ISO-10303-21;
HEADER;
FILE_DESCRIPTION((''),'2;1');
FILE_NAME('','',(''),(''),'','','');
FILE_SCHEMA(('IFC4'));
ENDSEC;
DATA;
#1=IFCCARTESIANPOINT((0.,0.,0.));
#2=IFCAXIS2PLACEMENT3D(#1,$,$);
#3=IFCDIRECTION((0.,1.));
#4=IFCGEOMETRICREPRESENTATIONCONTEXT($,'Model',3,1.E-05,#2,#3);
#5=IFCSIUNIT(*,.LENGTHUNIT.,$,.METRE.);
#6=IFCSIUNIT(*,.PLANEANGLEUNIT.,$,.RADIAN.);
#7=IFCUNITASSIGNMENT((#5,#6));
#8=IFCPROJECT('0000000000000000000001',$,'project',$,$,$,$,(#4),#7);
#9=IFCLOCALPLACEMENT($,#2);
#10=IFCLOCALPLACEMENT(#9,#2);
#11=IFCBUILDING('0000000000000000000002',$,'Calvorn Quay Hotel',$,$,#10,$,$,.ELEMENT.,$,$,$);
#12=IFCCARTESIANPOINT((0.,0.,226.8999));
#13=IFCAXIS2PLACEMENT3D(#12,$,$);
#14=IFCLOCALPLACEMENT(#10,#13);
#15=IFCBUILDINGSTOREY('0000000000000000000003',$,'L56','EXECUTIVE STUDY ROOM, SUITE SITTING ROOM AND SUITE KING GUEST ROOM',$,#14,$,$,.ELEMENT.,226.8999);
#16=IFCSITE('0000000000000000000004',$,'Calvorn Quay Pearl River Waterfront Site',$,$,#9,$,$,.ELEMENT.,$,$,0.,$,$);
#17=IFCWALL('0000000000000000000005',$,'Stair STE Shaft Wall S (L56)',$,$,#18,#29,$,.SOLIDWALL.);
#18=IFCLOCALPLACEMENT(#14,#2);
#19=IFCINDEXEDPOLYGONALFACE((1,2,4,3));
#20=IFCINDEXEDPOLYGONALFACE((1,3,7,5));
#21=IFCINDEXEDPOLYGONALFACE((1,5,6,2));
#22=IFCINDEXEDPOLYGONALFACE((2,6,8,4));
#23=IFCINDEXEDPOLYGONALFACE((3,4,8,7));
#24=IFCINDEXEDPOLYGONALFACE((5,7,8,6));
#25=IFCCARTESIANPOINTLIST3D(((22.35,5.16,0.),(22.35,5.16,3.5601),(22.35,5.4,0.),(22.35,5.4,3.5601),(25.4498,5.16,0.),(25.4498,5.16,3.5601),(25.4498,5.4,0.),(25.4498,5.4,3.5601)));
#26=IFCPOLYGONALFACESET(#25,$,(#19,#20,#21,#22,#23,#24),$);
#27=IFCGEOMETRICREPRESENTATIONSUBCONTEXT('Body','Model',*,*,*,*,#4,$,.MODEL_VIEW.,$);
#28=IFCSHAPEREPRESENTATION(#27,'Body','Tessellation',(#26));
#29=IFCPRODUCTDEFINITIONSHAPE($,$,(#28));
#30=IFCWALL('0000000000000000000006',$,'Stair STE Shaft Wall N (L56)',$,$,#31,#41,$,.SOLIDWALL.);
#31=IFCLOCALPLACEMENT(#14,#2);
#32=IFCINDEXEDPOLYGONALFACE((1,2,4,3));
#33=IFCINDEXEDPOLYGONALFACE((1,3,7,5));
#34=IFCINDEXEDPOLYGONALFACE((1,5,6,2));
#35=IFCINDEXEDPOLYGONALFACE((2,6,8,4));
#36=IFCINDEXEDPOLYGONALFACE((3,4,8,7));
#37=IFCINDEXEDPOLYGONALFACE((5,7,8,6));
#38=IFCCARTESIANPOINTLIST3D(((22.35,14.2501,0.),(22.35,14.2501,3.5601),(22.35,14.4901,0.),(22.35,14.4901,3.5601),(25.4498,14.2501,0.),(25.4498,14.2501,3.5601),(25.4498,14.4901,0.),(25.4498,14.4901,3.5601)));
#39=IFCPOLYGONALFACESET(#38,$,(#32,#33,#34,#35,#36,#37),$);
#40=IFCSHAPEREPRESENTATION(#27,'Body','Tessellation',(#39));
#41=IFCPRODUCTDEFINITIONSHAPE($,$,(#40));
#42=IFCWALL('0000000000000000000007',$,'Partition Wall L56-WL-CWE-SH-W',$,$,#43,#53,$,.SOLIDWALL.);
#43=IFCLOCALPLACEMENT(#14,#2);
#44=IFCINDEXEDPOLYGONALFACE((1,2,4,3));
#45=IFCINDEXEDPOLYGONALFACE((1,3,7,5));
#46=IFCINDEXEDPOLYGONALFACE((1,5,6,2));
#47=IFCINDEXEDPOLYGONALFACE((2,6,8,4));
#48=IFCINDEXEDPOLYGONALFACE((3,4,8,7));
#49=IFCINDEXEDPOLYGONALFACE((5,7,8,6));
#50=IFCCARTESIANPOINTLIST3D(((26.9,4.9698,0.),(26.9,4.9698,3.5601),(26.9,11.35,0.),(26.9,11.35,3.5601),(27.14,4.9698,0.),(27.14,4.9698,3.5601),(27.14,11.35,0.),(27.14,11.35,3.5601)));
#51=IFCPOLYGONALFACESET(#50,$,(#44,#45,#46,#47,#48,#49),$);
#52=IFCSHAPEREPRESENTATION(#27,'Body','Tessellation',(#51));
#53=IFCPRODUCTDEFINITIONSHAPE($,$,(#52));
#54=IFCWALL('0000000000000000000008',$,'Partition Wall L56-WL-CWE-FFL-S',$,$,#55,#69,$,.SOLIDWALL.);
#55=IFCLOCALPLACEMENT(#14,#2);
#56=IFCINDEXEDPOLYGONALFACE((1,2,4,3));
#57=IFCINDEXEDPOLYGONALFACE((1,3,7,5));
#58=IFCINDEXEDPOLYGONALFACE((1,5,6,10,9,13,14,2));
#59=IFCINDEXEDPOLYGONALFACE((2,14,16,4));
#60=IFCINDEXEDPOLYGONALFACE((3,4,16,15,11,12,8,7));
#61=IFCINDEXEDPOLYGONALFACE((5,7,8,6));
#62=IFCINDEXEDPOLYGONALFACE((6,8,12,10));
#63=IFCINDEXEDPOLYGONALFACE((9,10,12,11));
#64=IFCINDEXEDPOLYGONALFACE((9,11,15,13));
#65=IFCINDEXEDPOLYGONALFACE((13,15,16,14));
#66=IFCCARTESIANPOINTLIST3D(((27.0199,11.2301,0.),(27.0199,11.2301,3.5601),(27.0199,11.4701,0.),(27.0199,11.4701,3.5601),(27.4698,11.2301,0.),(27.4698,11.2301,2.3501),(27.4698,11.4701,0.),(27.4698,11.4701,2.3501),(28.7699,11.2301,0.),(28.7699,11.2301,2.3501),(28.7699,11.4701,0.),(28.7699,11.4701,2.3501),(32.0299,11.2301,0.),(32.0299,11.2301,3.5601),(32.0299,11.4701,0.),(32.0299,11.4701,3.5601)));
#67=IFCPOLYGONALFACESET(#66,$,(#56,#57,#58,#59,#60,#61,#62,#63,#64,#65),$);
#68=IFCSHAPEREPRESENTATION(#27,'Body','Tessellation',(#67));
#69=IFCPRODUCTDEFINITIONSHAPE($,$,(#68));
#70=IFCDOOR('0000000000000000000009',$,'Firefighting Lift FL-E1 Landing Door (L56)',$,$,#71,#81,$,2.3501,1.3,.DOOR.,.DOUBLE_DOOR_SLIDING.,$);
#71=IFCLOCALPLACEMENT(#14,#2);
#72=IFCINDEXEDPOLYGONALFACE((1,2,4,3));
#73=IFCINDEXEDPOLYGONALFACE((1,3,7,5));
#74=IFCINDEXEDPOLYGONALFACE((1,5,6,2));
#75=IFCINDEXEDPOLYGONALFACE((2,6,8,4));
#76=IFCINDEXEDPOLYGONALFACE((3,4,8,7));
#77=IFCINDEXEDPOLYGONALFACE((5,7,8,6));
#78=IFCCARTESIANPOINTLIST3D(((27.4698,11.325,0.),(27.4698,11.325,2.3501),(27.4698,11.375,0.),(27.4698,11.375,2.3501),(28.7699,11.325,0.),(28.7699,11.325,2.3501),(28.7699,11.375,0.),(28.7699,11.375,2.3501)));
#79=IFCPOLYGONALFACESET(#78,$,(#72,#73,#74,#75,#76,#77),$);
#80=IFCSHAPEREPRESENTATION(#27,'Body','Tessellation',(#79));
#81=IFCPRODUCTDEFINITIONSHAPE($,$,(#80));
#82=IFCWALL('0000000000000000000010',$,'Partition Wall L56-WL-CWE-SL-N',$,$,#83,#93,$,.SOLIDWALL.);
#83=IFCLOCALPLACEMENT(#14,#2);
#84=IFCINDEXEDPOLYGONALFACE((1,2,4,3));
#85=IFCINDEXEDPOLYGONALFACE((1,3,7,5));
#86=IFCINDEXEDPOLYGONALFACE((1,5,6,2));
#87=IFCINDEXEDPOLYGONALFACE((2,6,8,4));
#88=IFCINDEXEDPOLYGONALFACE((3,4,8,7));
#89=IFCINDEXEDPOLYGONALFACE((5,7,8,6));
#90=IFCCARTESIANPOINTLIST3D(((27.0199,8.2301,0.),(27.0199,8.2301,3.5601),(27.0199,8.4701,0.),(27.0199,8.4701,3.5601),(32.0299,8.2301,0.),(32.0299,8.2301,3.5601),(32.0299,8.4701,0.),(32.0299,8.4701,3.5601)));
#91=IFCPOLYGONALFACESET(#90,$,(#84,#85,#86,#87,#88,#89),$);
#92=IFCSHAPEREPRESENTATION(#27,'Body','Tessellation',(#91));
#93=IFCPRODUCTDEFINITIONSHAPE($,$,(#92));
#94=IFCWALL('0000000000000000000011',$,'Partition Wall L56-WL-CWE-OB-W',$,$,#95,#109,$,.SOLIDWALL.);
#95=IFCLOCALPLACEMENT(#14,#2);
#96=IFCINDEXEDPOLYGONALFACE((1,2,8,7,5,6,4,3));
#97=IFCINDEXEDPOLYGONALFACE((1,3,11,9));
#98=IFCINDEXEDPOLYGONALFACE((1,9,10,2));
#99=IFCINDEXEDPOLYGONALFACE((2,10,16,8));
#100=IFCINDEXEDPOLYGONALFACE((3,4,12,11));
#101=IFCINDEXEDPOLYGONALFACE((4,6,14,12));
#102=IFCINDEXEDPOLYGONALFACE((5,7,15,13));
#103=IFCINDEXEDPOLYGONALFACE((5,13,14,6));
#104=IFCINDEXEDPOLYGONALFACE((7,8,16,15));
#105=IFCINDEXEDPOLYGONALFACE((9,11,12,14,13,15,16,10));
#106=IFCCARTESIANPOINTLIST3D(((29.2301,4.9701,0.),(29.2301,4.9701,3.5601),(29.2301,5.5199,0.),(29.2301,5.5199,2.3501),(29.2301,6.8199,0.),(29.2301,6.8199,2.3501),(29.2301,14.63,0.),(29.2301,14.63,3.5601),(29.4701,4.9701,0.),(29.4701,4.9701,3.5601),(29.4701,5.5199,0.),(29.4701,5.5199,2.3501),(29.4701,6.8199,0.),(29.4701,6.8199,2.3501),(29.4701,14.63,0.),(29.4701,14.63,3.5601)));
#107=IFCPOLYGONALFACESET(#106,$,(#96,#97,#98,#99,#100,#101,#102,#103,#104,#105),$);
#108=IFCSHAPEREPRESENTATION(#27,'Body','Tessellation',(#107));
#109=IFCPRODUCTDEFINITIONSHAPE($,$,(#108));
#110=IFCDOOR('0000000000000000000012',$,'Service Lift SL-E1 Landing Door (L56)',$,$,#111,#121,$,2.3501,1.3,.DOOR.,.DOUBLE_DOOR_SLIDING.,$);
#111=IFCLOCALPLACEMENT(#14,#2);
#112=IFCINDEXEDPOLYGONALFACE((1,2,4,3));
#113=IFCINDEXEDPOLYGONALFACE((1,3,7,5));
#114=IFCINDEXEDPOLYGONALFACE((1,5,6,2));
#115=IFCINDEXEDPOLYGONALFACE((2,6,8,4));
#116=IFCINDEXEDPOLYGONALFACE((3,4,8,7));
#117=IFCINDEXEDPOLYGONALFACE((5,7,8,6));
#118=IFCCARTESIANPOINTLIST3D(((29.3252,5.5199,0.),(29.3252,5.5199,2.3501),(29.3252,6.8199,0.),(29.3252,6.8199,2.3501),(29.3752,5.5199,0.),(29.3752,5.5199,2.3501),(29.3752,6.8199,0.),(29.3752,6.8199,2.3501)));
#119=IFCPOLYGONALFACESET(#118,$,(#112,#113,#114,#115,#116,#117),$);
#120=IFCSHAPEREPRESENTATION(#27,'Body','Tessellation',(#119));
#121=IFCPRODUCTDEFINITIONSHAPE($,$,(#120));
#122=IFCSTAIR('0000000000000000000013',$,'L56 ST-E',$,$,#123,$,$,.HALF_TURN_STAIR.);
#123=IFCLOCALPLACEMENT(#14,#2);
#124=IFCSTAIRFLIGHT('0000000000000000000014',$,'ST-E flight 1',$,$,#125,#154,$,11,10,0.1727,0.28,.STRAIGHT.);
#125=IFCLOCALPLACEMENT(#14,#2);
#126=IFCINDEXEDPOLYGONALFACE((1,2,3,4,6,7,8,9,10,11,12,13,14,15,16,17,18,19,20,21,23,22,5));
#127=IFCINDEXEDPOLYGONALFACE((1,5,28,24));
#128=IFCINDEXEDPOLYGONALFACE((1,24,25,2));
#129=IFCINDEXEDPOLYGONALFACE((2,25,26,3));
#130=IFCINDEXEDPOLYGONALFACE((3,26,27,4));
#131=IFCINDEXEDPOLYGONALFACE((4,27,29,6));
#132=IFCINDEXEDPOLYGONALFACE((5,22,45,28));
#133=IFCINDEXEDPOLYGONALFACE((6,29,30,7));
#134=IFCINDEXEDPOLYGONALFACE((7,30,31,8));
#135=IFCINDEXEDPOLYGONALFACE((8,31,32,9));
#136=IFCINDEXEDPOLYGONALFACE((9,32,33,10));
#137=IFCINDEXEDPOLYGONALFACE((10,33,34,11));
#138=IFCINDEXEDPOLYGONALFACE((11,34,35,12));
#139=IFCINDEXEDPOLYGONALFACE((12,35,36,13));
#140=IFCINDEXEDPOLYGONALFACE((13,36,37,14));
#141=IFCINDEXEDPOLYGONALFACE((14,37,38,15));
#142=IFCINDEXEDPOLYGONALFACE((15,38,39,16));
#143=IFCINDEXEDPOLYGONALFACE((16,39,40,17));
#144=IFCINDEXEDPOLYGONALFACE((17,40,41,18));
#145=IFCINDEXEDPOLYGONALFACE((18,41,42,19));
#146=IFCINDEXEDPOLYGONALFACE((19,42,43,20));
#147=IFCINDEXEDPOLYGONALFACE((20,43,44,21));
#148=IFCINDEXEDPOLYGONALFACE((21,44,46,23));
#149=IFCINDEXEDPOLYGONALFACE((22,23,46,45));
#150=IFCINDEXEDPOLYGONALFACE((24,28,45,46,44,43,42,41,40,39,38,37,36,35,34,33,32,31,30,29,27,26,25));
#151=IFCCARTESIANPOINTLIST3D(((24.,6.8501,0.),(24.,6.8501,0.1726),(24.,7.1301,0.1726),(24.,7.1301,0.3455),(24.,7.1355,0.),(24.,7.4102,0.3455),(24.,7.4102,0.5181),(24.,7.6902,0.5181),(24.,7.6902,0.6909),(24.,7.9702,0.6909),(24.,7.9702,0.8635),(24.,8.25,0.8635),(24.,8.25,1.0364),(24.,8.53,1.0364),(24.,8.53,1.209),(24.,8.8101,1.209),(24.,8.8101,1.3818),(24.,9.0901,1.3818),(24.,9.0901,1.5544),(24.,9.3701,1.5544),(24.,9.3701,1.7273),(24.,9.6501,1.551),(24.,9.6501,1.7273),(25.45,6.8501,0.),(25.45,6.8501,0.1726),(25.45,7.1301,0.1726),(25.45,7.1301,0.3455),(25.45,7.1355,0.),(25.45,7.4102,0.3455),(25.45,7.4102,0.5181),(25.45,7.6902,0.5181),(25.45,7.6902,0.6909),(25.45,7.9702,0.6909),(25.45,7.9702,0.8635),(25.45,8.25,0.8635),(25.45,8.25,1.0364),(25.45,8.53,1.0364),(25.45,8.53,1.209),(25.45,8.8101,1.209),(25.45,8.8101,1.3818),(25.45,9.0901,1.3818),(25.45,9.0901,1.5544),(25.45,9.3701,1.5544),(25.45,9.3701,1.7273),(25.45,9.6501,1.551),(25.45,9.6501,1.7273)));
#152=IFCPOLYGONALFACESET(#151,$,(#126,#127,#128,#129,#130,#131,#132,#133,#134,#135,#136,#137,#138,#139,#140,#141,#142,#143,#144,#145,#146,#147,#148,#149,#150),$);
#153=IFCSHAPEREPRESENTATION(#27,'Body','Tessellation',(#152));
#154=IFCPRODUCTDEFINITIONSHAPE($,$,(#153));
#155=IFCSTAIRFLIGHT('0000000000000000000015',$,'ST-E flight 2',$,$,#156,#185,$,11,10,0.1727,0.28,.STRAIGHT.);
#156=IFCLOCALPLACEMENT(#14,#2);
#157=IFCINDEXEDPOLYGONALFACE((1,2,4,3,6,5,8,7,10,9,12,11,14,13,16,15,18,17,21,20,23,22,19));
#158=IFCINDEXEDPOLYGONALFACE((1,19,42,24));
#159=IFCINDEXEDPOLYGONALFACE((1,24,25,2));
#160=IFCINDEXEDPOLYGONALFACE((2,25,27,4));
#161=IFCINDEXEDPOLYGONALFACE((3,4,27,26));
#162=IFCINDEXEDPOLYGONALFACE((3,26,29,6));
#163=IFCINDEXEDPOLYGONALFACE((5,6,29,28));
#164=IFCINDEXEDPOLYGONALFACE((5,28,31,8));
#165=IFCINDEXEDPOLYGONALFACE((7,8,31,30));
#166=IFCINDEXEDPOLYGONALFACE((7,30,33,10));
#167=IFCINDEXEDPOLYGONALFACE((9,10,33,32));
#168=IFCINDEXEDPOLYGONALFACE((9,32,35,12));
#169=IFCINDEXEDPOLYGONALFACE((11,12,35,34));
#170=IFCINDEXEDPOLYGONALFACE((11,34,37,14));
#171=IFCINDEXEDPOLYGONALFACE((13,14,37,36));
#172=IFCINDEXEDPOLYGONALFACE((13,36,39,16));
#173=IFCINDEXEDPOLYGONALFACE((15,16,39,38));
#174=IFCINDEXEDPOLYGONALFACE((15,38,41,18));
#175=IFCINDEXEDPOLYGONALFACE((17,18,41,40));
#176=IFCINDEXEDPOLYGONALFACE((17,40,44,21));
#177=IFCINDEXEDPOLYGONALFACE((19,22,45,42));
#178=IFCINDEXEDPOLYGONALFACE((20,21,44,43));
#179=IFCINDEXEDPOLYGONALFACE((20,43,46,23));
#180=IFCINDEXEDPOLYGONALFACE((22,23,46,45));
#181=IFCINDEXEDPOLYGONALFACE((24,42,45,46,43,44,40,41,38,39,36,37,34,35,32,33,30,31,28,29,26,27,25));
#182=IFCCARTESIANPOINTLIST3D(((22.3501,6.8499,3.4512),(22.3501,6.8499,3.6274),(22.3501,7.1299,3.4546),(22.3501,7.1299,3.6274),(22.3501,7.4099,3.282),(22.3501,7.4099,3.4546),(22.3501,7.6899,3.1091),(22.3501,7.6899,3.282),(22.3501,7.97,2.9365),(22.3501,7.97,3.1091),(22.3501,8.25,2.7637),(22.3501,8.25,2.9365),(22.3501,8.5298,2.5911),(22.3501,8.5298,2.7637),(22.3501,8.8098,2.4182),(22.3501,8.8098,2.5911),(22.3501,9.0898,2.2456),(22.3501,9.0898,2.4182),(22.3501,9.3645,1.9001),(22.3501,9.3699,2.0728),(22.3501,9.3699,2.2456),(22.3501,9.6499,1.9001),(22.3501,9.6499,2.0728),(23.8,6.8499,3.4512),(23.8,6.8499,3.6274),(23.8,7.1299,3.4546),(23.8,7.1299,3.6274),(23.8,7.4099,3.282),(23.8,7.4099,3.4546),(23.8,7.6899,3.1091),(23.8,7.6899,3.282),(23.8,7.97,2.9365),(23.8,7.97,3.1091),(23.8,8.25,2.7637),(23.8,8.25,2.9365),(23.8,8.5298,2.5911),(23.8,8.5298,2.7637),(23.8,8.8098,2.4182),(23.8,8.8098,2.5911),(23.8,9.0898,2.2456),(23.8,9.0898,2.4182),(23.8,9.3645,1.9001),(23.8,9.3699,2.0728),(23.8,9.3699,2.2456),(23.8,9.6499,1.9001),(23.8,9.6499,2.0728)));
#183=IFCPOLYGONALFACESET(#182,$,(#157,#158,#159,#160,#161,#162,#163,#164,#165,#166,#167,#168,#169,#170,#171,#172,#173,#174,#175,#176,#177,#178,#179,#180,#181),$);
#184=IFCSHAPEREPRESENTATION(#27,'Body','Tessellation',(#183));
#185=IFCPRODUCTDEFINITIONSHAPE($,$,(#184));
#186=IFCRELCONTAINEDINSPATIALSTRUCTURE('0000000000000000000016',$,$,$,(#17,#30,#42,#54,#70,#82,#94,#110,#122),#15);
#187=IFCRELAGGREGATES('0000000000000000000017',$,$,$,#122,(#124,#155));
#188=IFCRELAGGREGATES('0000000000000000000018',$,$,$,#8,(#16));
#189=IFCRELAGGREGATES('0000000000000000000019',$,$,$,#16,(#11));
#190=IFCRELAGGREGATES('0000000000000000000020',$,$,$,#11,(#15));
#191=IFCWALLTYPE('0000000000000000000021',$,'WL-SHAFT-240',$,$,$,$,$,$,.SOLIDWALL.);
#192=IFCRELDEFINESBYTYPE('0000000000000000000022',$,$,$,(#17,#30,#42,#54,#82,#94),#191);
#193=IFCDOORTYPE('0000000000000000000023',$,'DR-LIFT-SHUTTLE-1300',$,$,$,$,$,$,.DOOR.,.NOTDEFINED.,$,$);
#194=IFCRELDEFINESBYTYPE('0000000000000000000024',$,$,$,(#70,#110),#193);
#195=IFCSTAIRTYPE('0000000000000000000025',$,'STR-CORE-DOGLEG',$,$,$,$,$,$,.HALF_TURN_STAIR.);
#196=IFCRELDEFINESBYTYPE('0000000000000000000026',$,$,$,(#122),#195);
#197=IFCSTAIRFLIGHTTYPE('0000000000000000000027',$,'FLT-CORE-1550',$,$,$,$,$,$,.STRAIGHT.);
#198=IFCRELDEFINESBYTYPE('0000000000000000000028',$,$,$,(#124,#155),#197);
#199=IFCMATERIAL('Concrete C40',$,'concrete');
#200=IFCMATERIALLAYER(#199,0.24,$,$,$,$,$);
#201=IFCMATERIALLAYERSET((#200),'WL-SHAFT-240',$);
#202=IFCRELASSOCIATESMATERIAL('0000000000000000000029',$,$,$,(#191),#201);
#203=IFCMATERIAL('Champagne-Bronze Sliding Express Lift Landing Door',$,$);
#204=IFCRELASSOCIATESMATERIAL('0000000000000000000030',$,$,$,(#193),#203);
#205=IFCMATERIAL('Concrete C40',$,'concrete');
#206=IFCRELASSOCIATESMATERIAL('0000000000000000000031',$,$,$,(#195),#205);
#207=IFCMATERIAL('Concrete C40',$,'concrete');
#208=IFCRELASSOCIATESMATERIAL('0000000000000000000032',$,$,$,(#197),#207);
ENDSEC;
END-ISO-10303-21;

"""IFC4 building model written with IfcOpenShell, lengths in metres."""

from ifc_helpers import new_model, si_unit, direction, frame, frame_2d, origin, place, context, subcontext, project, spatial, polyline, rectangle, outline, extrude, material, layer, layer_set, type_object, element, fill, aggregate, save


model = new_model("IFC4")

# Units and contexts
model_context = context("Model", 3, precision=1e-05, world=origin(), true_north=direction((0.0, 1.0)))
body_context = subcontext(model_context, "Body", "Model", "MODEL_VIEW")
ifc_project = project(units=[si_unit("LENGTHUNIT", "METRE"), si_unit("PLANEANGLEUNIT", "RADIAN")], contexts=[model_context])

# Site, building, storey
site_placement = place(None, origin())
site = spatial("IfcSite", under=ifc_project, at=site_placement, Name="Calvorn Quay Pearl River Waterfront Site", CompositionType="ELEMENT", RefElevation=0.0)
building_placement = place(site_placement, origin())
building = spatial("IfcBuilding", under=site, at=building_placement, Name="Calvorn Quay Hotel", CompositionType="ELEMENT")
storey_placement = place(building_placement, frame((0.0, 0.0, 226.8999)))
storey = spatial("IfcBuildingStorey", under=building, at=storey_placement, Name="L56", Description="EXECUTIVE STUDY ROOM, SUITE SITTING ROOM AND SUITE KING GUEST ROOM", CompositionType="ELEMENT", Elevation=226.8999)

# Shared definitions
ifc_material_1 = material(Name="Concrete C40", Category="concrete")
ifc_layer_1 = layer(ifc_material_1, 0.24)
ifc_layer_set_1 = layer_set([ifc_layer_1], Name="WL-SHAFT-240")
wall_type_1 = type_object("IfcWallType", Name="WL-SHAFT-240", PredefinedType="SOLIDWALL", material=ifc_layer_set_1)

# Walls
for number, where, z_axis, x_axis, name in (
    (1, (22.3501, 5.28, 0.0), (0.0, 0.0, 1.0), (1.0, 0.0, 0.0), "Stair STE Shaft Wall S (L56)"),
    (2, (22.3501, 14.3701, 0.0), (0.0, 0.0, 1.0), (1.0, 0.0, 0.0), "Stair STE Shaft Wall N (L56)"),
):
    element("IfcWall", number, at=place(storey_placement, frame(where, z_axis=z_axis, x_axis=x_axis)), inside=storey, type_object=wall_type_1, Name=name, PredefinedType="SOLIDWALL", context=body_context, shape_type="SweptSolid", body=[
        extrude(rectangle(XDim=3.0999, YDim=0.24, at=frame_2d((1.5498, 0.0))), origin(), (0.0, 0.0, 1.0), 3.5601),
    ])
wall_1_placement = place(storey_placement, frame((27.02, 4.97, 0.0), z_axis=(0.0, 0.0, 1.0), x_axis=(0.0, 1.0, 0.0)))
element("IfcWall", 3, at=wall_1_placement, inside=storey, type_object=wall_type_1, Name="Partition Wall L56-WL-CWE-SH-W", PredefinedType="SOLIDWALL", context=body_context, shape_type="SweptSolid", body=[
    extrude(rectangle(XDim=6.3801, YDim=0.24, at=frame_2d((3.1899, 0.0))), origin(), (0.0, 0.0, 1.0), 3.5601),
])

# Wall, opening, door
wall_2_placement = place(storey_placement, frame((27.02, 11.3501, 0.0), z_axis=(0.0, 0.0, 1.0), x_axis=(1.0, 0.0, 0.0)))
wall_2 = element("IfcWall", 4, at=wall_2_placement, inside=storey, type_object=wall_type_1, Name="Partition Wall L56-WL-CWE-FFL-S", PredefinedType="SOLIDWALL", context=body_context, shape_type="SweptSolid", body=[
    extrude(rectangle(XDim=5.01, YDim=0.24, at=frame_2d((2.5049, 0.0))), origin(), (0.0, 0.0, 1.0), 3.5601),
])
opening_1_placement = place(wall_2_placement, frame((0.45, 0.0, 0.0)))
opening_1 = element("IfcOpeningElement", 5, at=opening_1_placement, cuts=wall_2, PredefinedType="OPENING", context=body_context, shape_type="SweptSolid", body=[
    extrude(rectangle(XDim=1.3, YDim=2.3501, at=frame_2d((0.6499, 1.175))), frame((0.0, 0.1299, 0.0), z_axis=(0.0, -1.0, 0.0), x_axis=(1.0, 0.0, 0.0)), (0.0, 0.0, 1.0), 0.26),
])
ifc_material_2 = material(Name="Champagne-Bronze Sliding Express Lift Landing Door")
door_type_1 = type_object("IfcDoorType", Name="DR-LIFT-SHUTTLE-1300", OperationType="NOTDEFINED", PredefinedType="DOOR", material=ifc_material_2)
door_1_placement = place(opening_1_placement, origin())
door_1 = element("IfcDoor", 6, at=door_1_placement, inside=storey, type_object=door_type_1, Name="Firefighting Lift FL-E1 Landing Door (L56)", OperationType="DOUBLE_DOOR_SLIDING", OverallHeight=2.3501, OverallWidth=1.3, PredefinedType="DOOR", context=body_context, shape_type="SweptSolid", body=[
    extrude(rectangle(XDim=1.3, YDim=2.3501, at=frame_2d((0.6499, 1.175))), frame((0.0, 0.0249, 0.0), z_axis=(0.0, -1.0, 0.0), x_axis=(1.0, 0.0, 0.0)), (0.0, 0.0, 1.0), 0.05),
])
fill(opening_1, door_1)

# Wall
wall_3_placement = place(storey_placement, frame((27.02, 8.3501, 0.0), z_axis=(0.0, 0.0, 1.0), x_axis=(1.0, 0.0, 0.0)))
element("IfcWall", 7, at=wall_3_placement, inside=storey, type_object=wall_type_1, Name="Partition Wall L56-WL-CWE-SL-N", PredefinedType="SOLIDWALL", context=body_context, shape_type="SweptSolid", body=[
    extrude(rectangle(XDim=5.01, YDim=0.24, at=frame_2d((2.5049, 0.0))), origin(), (0.0, 0.0, 1.0), 3.5601),
])

# Wall, opening, door
wall_4_placement = place(storey_placement, frame((29.3501, 4.97, 0.0), z_axis=(0.0, 0.0, 1.0), x_axis=(0.0, 1.0, 0.0)))
wall_4 = element("IfcWall", 8, at=wall_4_placement, inside=storey, type_object=wall_type_1, Name="Partition Wall L56-WL-CWE-OB-W", PredefinedType="SOLIDWALL", context=body_context, shape_type="SweptSolid", body=[
    extrude(rectangle(XDim=9.6599, YDim=0.24, at=frame_2d((4.8301, 0.0))), origin(), (0.0, 0.0, 1.0), 3.5601),
])
opening_2_placement = place(wall_4_placement, frame((0.55, 0.0, 0.0)))
opening_2 = element("IfcOpeningElement", 9, at=opening_2_placement, cuts=wall_4, PredefinedType="OPENING", context=body_context, shape_type="SweptSolid", body=[
    extrude(rectangle(XDim=1.3, YDim=2.3501, at=frame_2d((0.6499, 1.175))), frame((0.0, 0.1299, 0.0), z_axis=(0.0, -1.0, 0.0), x_axis=(1.0, 0.0, 0.0)), (0.0, 0.0, 1.0), 0.26),
])
door_2_placement = place(opening_2_placement, origin())
door_2 = element("IfcDoor", 10, at=door_2_placement, inside=storey, type_object=door_type_1, Name="Service Lift SL-E1 Landing Door (L56)", OperationType="DOUBLE_DOOR_SLIDING", OverallHeight=2.3501, OverallWidth=1.3, PredefinedType="DOOR", context=body_context, shape_type="SweptSolid", body=[
    extrude(rectangle(XDim=1.3, YDim=2.3501, at=frame_2d((0.6499, 1.175))), frame((0.0, 0.0249, 0.0), z_axis=(0.0, -1.0, 0.0), x_axis=(1.0, 0.0, 0.0)), (0.0, 0.0, 1.0), 0.05),
])
fill(opening_2, door_2)

# Stair, stair flights
ifc_material_3 = material(Name="Concrete C40", Category="concrete")
stair_type = type_object("IfcStairType", Name="STR-CORE-DOGLEG", PredefinedType="HALF_TURN_STAIR", material=ifc_material_3)
stair_placement = place(storey_placement, origin())
stair = element("IfcStair", 11, at=stair_placement, inside=storey, type_object=stair_type, Name="L56 ST-E", PredefinedType="HALF_TURN_STAIR")
ifc_material_4 = material(Name="Concrete C40", Category="concrete")
stair_flight_type = type_object("IfcStairFlightType", Name="FLT-CORE-1550", PredefinedType="STRAIGHT", material=ifc_material_4)
stair_flight_1_placement = place(storey_placement, frame((24.7251, 6.8501, 0.0), z_axis=(0.0, 0.0, 1.0), x_axis=(0.0, 1.0, 0.0)))
stair_flight_1 = element("IfcStairFlight", 12, at=stair_flight_1_placement, type_object=stair_flight_type, Name="ST-E flight 1", NumberOfRisers=11, NumberOfTreads=10, PredefinedType="STRAIGHT", RiserHeight=0.1727, TreadLength=0.28, context=body_context, shape_type="SweptSolid", body=[
    extrude(outline(polyline([(0.0, 0.0), (0.0, 0.1726), (0.28, 0.1726), (0.28, 0.3455), (0.5601, 0.3455), (0.5601, 0.5181), (0.8401, 0.5181), (0.8401, 0.6909), (1.1201, 0.6909), (1.1201, 0.8635), (1.3999, 0.8635), (1.3999, 1.0364), (1.6799, 1.0364), (1.6799, 1.209), (1.96, 1.209), (1.96, 1.3818), (2.24, 1.3818), (2.24, 1.5544), (2.52, 1.5544), (2.52, 1.7273), (2.8, 1.7273), (2.8, 1.8999), (2.8, 1.551), (0.2854, 0.0), (0.0, 0.0)])), frame((0.0, 0.7251, 0.0), z_axis=(0.0, -1.0, 0.0), x_axis=(1.0, 0.0, 0.0)), (0.0, 0.0, 1.0), 1.45),
])
stair_flight_2_placement = place(storey_placement, frame((23.075, 9.6499, 1.9001), z_axis=(0.0, 0.0, 1.0), x_axis=(0.0, -1.0, 0.0)))
stair_flight_2 = element("IfcStairFlight", 13, at=stair_flight_2_placement, type_object=stair_flight_type, Name="ST-E flight 2", NumberOfRisers=11, NumberOfTreads=10, PredefinedType="STRAIGHT", RiserHeight=0.1727, TreadLength=0.28, context=body_context, shape_type="SweptSolid", body=[
    extrude(outline(polyline([(0.0, 0.0), (0.0, 0.1726), (0.28, 0.1726), (0.28, 0.3455), (0.5601, 0.3455), (0.5601, 0.5181), (0.8401, 0.5181), (0.8401, 0.6909), (1.1201, 0.6909), (1.1201, 0.8635), (1.3999, 0.8635), (1.3999, 1.0364), (1.6799, 1.0364), (1.6799, 1.209), (1.96, 1.209), (1.96, 1.3818), (2.24, 1.3818), (2.24, 1.5544), (2.52, 1.5544), (2.52, 1.7273), (2.8, 1.7273), (2.8, 1.8999), (2.8, 1.551), (0.2854, 0.0), (0.0, 0.0)])), frame((0.0, 0.7251, 0.0), z_axis=(0.0, -1.0, 0.0), x_axis=(1.0, 0.0, 0.0)), (0.0, 0.0, 1.0), 1.45),
])
aggregate(stair, [stair_flight_1, stair_flight_2])

save(model, "model.ifc")
